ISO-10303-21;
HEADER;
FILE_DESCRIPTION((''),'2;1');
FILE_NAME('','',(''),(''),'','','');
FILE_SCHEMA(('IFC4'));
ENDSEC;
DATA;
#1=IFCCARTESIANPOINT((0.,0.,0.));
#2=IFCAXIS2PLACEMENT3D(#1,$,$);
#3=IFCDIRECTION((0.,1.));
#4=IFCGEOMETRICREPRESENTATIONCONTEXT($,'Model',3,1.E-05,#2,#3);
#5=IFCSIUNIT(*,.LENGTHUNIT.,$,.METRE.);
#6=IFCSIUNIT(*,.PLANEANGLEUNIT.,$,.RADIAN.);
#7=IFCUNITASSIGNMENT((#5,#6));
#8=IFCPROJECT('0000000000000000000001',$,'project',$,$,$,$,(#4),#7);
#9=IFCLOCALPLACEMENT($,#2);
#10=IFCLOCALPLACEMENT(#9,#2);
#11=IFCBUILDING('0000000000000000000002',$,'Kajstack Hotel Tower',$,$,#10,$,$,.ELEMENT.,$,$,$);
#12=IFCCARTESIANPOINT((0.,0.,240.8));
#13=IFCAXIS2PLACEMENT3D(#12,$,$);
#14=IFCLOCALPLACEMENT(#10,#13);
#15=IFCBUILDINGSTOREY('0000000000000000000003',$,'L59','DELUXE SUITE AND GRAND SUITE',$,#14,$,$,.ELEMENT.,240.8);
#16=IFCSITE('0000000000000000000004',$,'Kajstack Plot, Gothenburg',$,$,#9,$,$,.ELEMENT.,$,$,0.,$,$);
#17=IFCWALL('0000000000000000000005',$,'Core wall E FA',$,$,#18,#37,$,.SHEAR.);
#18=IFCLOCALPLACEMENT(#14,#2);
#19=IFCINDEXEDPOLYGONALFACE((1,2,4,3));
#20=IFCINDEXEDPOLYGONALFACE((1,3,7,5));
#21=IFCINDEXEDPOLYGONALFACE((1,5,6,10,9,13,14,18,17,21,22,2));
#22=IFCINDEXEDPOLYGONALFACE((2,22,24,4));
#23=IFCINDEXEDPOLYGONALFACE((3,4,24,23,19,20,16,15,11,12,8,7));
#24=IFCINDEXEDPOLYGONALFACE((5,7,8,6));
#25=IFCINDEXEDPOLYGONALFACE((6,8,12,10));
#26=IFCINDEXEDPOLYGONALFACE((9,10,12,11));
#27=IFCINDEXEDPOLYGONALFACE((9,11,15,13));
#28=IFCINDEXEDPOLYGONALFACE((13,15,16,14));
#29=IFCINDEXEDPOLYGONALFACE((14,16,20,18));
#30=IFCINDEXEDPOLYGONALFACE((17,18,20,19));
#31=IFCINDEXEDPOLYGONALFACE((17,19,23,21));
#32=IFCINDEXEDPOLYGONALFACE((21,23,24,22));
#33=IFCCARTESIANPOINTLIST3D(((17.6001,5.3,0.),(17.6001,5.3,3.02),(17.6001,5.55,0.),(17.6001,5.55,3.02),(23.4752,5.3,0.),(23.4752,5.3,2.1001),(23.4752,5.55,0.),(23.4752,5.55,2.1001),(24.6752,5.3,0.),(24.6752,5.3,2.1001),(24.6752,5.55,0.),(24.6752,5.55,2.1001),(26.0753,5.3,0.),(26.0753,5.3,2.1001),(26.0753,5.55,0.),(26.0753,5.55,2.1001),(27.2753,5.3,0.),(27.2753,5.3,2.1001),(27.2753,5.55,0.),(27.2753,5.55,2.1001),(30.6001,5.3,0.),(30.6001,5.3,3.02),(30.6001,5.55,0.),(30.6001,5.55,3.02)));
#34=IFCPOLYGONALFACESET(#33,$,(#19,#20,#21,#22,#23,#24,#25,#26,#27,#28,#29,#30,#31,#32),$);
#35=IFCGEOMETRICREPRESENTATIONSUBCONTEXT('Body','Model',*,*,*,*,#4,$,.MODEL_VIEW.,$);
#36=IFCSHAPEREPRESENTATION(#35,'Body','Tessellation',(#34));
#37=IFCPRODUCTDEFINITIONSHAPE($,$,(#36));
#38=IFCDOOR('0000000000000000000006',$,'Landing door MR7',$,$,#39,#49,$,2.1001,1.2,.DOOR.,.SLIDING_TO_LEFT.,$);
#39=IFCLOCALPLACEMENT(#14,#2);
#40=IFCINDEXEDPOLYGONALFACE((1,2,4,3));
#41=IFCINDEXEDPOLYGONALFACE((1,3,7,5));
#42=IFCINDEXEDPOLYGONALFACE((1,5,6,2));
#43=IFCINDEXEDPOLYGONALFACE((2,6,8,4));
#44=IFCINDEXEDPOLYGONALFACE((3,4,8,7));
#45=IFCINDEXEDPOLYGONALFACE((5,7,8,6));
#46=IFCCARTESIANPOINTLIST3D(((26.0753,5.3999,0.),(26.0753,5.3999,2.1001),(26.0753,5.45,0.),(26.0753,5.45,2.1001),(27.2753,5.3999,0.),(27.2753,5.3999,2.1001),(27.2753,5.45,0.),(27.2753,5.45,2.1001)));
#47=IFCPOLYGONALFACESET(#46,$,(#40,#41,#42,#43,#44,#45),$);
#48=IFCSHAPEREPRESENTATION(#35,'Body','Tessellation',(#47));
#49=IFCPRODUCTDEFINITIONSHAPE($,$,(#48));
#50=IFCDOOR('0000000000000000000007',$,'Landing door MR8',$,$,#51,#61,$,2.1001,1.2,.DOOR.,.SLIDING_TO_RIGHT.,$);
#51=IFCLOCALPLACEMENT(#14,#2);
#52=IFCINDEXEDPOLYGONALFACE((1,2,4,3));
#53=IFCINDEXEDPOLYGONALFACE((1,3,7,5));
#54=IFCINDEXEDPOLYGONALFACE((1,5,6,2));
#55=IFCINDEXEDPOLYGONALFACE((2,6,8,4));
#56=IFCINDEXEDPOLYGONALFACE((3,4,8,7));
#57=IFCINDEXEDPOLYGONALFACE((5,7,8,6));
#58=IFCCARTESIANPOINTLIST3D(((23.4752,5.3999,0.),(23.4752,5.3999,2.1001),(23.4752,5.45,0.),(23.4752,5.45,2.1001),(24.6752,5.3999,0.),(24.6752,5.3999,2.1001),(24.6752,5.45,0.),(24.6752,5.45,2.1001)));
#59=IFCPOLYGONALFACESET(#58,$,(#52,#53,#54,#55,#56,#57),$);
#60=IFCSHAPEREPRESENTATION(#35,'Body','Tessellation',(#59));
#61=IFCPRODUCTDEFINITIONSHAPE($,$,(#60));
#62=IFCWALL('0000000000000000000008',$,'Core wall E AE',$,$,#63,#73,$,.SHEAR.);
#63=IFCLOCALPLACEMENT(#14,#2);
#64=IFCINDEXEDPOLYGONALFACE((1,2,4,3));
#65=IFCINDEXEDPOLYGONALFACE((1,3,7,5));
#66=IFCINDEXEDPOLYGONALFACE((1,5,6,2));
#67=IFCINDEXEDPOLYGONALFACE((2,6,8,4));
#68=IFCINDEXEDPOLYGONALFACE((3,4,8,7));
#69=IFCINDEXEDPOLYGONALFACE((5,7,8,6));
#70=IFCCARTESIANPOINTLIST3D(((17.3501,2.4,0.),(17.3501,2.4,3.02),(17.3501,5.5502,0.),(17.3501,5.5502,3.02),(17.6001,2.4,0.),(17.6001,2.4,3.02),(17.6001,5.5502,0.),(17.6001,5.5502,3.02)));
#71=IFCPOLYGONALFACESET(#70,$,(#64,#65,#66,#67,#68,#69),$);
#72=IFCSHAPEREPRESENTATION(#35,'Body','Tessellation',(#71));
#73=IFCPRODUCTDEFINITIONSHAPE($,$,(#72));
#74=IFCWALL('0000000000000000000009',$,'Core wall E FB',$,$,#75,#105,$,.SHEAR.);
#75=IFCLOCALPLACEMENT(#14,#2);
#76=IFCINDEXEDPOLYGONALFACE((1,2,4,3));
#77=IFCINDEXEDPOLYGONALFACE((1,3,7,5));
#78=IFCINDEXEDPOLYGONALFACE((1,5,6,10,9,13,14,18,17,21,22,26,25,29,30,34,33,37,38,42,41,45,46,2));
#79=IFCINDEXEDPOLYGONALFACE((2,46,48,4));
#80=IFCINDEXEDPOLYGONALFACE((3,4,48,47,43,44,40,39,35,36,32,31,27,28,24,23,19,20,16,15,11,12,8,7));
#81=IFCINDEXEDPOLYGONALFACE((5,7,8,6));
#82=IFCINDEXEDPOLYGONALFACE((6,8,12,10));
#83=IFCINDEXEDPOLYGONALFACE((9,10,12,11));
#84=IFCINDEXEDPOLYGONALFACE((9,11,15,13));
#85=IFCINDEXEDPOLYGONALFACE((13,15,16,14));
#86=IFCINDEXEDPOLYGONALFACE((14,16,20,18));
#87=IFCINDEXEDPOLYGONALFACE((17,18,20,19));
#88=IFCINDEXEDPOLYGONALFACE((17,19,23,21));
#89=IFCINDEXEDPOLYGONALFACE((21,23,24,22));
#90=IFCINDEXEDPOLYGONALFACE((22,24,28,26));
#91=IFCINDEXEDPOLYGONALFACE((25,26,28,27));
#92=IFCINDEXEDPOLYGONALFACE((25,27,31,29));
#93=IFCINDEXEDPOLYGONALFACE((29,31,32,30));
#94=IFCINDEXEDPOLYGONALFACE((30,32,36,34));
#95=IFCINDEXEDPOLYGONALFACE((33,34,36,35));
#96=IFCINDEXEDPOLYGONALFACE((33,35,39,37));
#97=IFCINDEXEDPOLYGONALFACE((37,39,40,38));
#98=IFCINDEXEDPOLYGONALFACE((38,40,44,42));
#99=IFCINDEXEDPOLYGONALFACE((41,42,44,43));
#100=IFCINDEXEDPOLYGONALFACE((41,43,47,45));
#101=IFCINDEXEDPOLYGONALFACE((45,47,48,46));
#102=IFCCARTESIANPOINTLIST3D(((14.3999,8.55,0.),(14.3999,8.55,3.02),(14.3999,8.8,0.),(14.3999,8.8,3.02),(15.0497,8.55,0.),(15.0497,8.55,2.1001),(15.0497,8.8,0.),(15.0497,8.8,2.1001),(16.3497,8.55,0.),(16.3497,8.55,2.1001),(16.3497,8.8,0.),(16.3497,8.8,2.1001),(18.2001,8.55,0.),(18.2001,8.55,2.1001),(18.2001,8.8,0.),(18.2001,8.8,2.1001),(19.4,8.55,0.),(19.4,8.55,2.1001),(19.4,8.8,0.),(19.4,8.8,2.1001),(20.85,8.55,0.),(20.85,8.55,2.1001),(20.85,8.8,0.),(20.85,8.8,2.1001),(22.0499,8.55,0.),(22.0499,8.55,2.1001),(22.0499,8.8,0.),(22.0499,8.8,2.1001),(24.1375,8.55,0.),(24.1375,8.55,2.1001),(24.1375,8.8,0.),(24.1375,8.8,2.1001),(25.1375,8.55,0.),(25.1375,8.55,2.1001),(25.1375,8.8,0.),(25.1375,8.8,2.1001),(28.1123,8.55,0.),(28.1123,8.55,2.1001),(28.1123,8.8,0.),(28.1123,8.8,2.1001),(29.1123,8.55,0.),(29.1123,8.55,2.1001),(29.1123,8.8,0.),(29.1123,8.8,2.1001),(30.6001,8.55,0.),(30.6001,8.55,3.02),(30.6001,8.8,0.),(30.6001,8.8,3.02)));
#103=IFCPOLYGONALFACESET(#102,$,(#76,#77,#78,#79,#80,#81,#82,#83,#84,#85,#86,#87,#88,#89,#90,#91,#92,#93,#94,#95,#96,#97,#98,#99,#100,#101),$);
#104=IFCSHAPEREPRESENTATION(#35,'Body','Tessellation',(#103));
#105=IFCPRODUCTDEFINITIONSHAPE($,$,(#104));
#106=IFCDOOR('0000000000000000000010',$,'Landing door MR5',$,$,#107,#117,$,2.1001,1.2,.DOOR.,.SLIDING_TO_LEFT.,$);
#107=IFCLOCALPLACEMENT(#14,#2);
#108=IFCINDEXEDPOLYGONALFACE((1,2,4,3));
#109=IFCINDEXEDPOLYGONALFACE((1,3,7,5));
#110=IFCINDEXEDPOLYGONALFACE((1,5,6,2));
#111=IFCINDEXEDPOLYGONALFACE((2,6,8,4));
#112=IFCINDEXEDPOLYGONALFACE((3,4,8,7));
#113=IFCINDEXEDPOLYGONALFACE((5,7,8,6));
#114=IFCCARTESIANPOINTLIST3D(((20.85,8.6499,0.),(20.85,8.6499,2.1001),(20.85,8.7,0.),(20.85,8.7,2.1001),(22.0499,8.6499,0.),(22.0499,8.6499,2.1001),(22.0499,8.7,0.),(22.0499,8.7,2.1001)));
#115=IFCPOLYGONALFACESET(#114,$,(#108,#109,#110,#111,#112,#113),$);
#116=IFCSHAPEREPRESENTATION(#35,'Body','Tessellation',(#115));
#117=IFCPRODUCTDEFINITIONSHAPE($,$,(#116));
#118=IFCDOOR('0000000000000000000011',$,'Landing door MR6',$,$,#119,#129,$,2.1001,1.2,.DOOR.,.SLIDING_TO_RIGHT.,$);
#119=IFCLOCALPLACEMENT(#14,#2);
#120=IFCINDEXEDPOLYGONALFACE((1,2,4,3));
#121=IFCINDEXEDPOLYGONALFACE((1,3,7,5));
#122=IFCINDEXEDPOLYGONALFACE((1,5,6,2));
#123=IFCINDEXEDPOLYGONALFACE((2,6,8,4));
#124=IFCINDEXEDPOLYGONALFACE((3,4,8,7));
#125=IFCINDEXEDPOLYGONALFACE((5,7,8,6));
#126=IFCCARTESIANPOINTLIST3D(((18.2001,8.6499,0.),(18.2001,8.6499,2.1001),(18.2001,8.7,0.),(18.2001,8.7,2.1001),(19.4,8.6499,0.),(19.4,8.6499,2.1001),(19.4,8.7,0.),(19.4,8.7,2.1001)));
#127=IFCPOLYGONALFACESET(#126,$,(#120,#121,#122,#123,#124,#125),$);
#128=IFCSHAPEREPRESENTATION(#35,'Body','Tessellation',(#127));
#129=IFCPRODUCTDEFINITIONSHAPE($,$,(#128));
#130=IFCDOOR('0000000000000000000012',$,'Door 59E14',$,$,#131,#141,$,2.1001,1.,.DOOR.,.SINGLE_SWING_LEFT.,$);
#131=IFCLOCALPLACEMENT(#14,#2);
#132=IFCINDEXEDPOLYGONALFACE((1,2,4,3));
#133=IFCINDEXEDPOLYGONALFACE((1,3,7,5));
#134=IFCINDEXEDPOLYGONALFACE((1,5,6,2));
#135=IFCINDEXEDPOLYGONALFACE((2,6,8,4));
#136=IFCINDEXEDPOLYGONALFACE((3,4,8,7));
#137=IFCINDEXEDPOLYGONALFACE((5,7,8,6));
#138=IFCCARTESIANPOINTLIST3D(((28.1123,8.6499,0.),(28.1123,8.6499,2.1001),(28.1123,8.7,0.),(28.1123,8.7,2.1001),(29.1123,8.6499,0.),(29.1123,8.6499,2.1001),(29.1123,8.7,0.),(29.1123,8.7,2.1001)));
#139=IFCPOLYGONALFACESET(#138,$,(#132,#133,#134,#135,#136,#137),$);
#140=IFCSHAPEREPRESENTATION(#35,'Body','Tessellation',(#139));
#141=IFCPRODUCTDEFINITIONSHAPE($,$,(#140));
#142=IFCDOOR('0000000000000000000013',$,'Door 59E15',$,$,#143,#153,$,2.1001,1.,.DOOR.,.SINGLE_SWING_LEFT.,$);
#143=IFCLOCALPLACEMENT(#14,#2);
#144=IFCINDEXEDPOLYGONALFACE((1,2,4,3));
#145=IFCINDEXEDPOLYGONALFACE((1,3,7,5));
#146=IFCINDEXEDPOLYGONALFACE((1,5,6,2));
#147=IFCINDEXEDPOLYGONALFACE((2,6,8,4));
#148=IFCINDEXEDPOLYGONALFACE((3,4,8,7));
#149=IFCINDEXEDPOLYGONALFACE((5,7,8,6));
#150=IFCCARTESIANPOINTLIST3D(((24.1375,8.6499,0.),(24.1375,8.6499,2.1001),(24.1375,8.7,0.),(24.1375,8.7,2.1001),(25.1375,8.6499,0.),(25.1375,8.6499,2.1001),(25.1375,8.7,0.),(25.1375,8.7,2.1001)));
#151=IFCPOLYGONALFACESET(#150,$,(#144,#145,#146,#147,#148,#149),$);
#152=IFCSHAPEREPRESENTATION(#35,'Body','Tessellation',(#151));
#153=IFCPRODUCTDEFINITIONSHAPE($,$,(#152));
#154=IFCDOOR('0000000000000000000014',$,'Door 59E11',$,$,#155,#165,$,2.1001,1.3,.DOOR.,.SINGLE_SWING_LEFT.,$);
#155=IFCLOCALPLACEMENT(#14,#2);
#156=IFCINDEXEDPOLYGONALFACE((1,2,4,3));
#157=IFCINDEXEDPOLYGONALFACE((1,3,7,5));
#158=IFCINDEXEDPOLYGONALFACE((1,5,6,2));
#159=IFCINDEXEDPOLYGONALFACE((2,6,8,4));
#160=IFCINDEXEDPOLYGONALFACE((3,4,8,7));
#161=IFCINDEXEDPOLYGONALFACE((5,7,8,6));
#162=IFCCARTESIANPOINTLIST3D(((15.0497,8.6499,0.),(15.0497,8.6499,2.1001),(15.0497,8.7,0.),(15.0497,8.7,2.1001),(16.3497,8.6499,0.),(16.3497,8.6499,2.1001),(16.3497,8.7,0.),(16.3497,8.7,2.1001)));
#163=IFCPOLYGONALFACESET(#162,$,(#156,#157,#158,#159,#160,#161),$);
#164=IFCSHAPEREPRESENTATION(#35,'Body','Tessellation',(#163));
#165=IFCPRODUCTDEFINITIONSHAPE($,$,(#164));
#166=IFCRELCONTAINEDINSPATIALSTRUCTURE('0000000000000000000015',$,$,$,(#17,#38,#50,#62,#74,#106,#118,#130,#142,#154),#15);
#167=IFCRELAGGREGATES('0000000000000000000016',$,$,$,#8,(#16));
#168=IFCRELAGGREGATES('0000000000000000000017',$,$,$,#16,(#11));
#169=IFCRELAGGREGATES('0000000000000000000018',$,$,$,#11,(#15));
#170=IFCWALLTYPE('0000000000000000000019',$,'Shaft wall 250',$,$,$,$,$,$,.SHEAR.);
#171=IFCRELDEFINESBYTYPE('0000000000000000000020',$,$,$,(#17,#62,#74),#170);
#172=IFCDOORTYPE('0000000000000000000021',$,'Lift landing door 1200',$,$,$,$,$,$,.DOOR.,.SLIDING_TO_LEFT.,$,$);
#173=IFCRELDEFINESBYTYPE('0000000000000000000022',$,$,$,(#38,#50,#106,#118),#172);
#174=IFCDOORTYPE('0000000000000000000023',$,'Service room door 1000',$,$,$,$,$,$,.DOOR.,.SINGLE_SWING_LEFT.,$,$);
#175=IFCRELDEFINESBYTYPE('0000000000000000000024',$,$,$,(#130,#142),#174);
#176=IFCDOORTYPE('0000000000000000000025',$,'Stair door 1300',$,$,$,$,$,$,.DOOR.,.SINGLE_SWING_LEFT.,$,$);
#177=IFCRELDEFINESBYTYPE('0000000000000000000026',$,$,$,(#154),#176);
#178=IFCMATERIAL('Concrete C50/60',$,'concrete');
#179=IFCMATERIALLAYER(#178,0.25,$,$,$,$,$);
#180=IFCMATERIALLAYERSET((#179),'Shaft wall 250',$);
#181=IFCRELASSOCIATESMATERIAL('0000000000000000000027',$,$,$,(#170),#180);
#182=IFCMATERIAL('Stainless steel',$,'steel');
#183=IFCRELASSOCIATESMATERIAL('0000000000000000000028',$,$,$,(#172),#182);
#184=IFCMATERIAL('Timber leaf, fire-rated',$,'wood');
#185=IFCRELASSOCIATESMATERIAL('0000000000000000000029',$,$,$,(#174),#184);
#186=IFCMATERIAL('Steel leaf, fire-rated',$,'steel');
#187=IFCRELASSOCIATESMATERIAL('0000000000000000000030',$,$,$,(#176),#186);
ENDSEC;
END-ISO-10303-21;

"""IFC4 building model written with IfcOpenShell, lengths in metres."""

from ifc_helpers import new_model, si_unit, direction, frame, frame_2d, origin, place, context, subcontext, project, spatial, rectangle, extrude, material, layer, layer_set, type_object, element, fill, save


model = new_model("IFC4")

# Units and contexts
model_context = context("Model", 3, precision=1e-05, world=origin(), true_north=direction((0.0, 1.0)))
body_context = subcontext(model_context, "Body", "Model", "MODEL_VIEW")
ifc_project = project(units=[si_unit("LENGTHUNIT", "METRE"), si_unit("PLANEANGLEUNIT", "RADIAN")], contexts=[model_context])

# Site, building, storey
site_placement = place(None, origin())
site = spatial("IfcSite", under=ifc_project, at=site_placement, Name="Kajstack Plot, Gothenburg", CompositionType="ELEMENT", RefElevation=0.0)
building_placement = place(site_placement, origin())
building = spatial("IfcBuilding", under=site, at=building_placement, Name="Kajstack Hotel Tower", CompositionType="ELEMENT")
storey_placement = place(building_placement, frame((0.0, 0.0, 240.8)))
storey = spatial("IfcBuildingStorey", under=building, at=storey_placement, Name="L59", Description="DELUXE SUITE AND GRAND SUITE", CompositionType="ELEMENT", Elevation=240.8)

# Wall, openings, doors
ifc_material_1 = material(Name="Concrete C50/60", Category="concrete")
ifc_layer_1 = layer(ifc_material_1, 0.25)
ifc_layer_set_1 = layer_set([ifc_layer_1], Name="Shaft wall 250")
wall_type_1 = type_object("IfcWallType", Name="Shaft wall 250", PredefinedType="SHEAR", material=ifc_layer_set_1)
wall_1_placement = place(storey_placement, frame((17.6001, 5.425, 0.0), z_axis=(0.0, 0.0, 1.0), x_axis=(1.0, 0.0, 0.0)))
wall_1 = element("IfcWall", 1, at=wall_1_placement, inside=storey, type_object=wall_type_1, Name="Core wall E FA", PredefinedType="SHEAR", context=body_context, shape_type="SweptSolid", body=[
    extrude(rectangle(XDim=13.0, YDim=0.25, at=frame_2d((6.5, 0.0))), origin(), (0.0, 0.0, 1.0), 3.02),
])
opening_1_placement = place(wall_1_placement, frame((8.4751, 0.0, 0.0)))
opening_1 = element("IfcOpeningElement", 2, at=opening_1_placement, cuts=wall_1, PredefinedType="OPENING", context=body_context, shape_type="SweptSolid", body=[
    extrude(rectangle(XDim=1.2, YDim=2.1001, at=frame_2d((0.6001, 1.05))), frame((0.0, 0.135, 0.0), z_axis=(0.0, -1.0, 0.0), x_axis=(1.0, 0.0, 0.0)), (0.0, 0.0, 1.0), 0.27),
])
opening_2_placement = place(wall_1_placement, frame((5.875, 0.0, 0.0)))
opening_2 = element("IfcOpeningElement", 3, at=opening_2_placement, cuts=wall_1, PredefinedType="OPENING", context=body_context, shape_type="SweptSolid", body=[
    extrude(rectangle(XDim=1.2, YDim=2.1001, at=frame_2d((0.6001, 1.05))), frame((0.0, 0.135, 0.0), z_axis=(0.0, -1.0, 0.0), x_axis=(1.0, 0.0, 0.0)), (0.0, 0.0, 1.0), 0.27),
])
ifc_material_2 = material(Name="Stainless steel", Category="steel")
door_type_1 = type_object("IfcDoorType", Name="Lift landing door 1200", OperationType="SLIDING_TO_LEFT", PredefinedType="DOOR", material=ifc_material_2)
door_1_placement = place(opening_1_placement, origin())
door_1 = element("IfcDoor", 4, at=door_1_placement, inside=storey, type_object=door_type_1, Name="Landing door MR7", OperationType="SLIDING_TO_LEFT", OverallHeight=2.1001, OverallWidth=1.2, PredefinedType="DOOR", context=body_context, shape_type="SweptSolid", body=[
    extrude(rectangle(XDim=1.2, YDim=2.1001, at=frame_2d((0.6001, 1.05))), frame((0.0, 0.0249, 0.0), z_axis=(0.0, -1.0, 0.0), x_axis=(1.0, 0.0, 0.0)), (0.0, 0.0, 1.0), 0.05),
])
fill(opening_1, door_1)
door_2_placement = place(opening_2_placement, origin())
door_2 = element("IfcDoor", 5, at=door_2_placement, inside=storey, type_object=door_type_1, Name="Landing door MR8", OperationType="SLIDING_TO_RIGHT", OverallHeight=2.1001, OverallWidth=1.2, PredefinedType="DOOR", context=body_context, shape_type="SweptSolid", body=[
    extrude(rectangle(XDim=1.2, YDim=2.1001, at=frame_2d((0.6001, 1.05))), frame((0.0, 0.0249, 0.0), z_axis=(0.0, -1.0, 0.0), x_axis=(1.0, 0.0, 0.0)), (0.0, 0.0, 1.0), 0.05),
])
fill(opening_2, door_2)

# Wall
wall_2_placement = place(storey_placement, frame((17.4751, 2.3999, 0.0), z_axis=(0.0, 0.0, 1.0), x_axis=(0.0, 1.0, 0.0)))
element("IfcWall", 6, at=wall_2_placement, inside=storey, type_object=wall_type_1, Name="Core wall E AE", PredefinedType="SHEAR", context=body_context, shape_type="SweptSolid", body=[
    extrude(rectangle(XDim=3.1501, YDim=0.25, at=frame_2d((1.5752, 0.0))), origin(), (0.0, 0.0, 1.0), 3.02),
])

# Wall, openings, doors
wall_3_placement = place(storey_placement, frame((14.3999, 8.675, 0.0), z_axis=(0.0, 0.0, 1.0), x_axis=(1.0, 0.0, 0.0)))
wall_3 = element("IfcWall", 7, at=wall_3_placement, inside=storey, type_object=wall_type_1, Name="Core wall E FB", PredefinedType="SHEAR", context=body_context, shape_type="SweptSolid", body=[
    extrude(rectangle(XDim=16.2002, YDim=0.25, at=frame_2d((8.1001, 0.0))), origin(), (0.0, 0.0, 1.0), 3.02),
])
opening_3_placement = place(wall_3_placement, frame((6.45, 0.0, 0.0)))
opening_3 = element("IfcOpeningElement", 8, at=opening_3_placement, cuts=wall_3, PredefinedType="OPENING", context=body_context, shape_type="SweptSolid", body=[
    extrude(rectangle(XDim=1.2, YDim=2.1001, at=frame_2d((0.6001, 1.05))), frame((0.0, 0.135, 0.0), z_axis=(0.0, -1.0, 0.0), x_axis=(1.0, 0.0, 0.0)), (0.0, 0.0, 1.0), 0.27),
])
opening_4_placement = place(wall_3_placement, frame((3.8, 0.0, 0.0)))
opening_4 = element("IfcOpeningElement", 9, at=opening_4_placement, cuts=wall_3, PredefinedType="OPENING", context=body_context, shape_type="SweptSolid", body=[
    extrude(rectangle(XDim=1.2, YDim=2.1001, at=frame_2d((0.6001, 1.05))), frame((0.0, 0.135, 0.0), z_axis=(0.0, -1.0, 0.0), x_axis=(1.0, 0.0, 0.0)), (0.0, 0.0, 1.0), 0.27),
])
opening_5_placement = place(wall_3_placement, frame((0.6499, 0.0, 0.0)))
opening_5 = element("IfcOpeningElement", 10, at=opening_5_placement, cuts=wall_3, PredefinedType="OPENING", context=body_context, shape_type="SweptSolid", body=[
    extrude(rectangle(XDim=1.3, YDim=2.1001, at=frame_2d((0.6499, 1.05))), frame((0.0, 0.135, 0.0), z_axis=(0.0, -1.0, 0.0), x_axis=(1.0, 0.0, 0.0)), (0.0, 0.0, 1.0), 0.27),
])
opening_6_placement = place(wall_3_placement, frame((13.7124, 0.0, 0.0)))
opening_6 = element("IfcOpeningElement", 11, at=opening_6_placement, cuts=wall_3, PredefinedType="OPENING", context=body_context, shape_type="SweptSolid", body=[
    extrude(rectangle(XDim=1.0, YDim=2.1001, at=frame_2d((0.5, 1.05))), frame((0.0, 0.135, 0.0), z_axis=(0.0, -1.0, 0.0), x_axis=(1.0, 0.0, 0.0)), (0.0, 0.0, 1.0), 0.27),
])
opening_7_placement = place(wall_3_placement, frame((9.7375, 0.0, 0.0)))
opening_7 = element("IfcOpeningElement", 12, at=opening_7_placement, cuts=wall_3, PredefinedType="OPENING", context=body_context, shape_type="SweptSolid", body=[
    extrude(rectangle(XDim=1.0, YDim=2.1001, at=frame_2d((0.5, 1.05))), frame((0.0, 0.135, 0.0), z_axis=(0.0, -1.0, 0.0), x_axis=(1.0, 0.0, 0.0)), (0.0, 0.0, 1.0), 0.27),
])
door_3_placement = place(opening_3_placement, origin())
door_3 = element("IfcDoor", 13, at=door_3_placement, inside=storey, type_object=door_type_1, Name="Landing door MR5", OperationType="SLIDING_TO_LEFT", OverallHeight=2.1001, OverallWidth=1.2, PredefinedType="DOOR", context=body_context, shape_type="SweptSolid", body=[
    extrude(rectangle(XDim=1.2, YDim=2.1001, at=frame_2d((0.6001, 1.05))), frame((0.0, 0.0249, 0.0), z_axis=(0.0, -1.0, 0.0), x_axis=(1.0, 0.0, 0.0)), (0.0, 0.0, 1.0), 0.05),
])
fill(opening_3, door_3)
door_4_placement = place(opening_4_placement, origin())
door_4 = element("IfcDoor", 14, at=door_4_placement, inside=storey, type_object=door_type_1, Name="Landing door MR6", OperationType="SLIDING_TO_RIGHT", OverallHeight=2.1001, OverallWidth=1.2, PredefinedType="DOOR", context=body_context, shape_type="SweptSolid", body=[
    extrude(rectangle(XDim=1.2, YDim=2.1001, at=frame_2d((0.6001, 1.05))), frame((0.0, 0.0249, 0.0), z_axis=(0.0, -1.0, 0.0), x_axis=(1.0, 0.0, 0.0)), (0.0, 0.0, 1.0), 0.05),
])
fill(opening_4, door_4)
ifc_material_3 = material(Name="Timber leaf, fire-rated", Category="wood")
door_type_2 = type_object("IfcDoorType", Name="Service room door 1000", OperationType="SINGLE_SWING_LEFT", PredefinedType="DOOR", material=ifc_material_3)
door_5_placement = place(opening_6_placement, origin())
door_5 = element("IfcDoor", 15, at=door_5_placement, inside=storey, type_object=door_type_2, Name="Door 59E14", OperationType="SINGLE_SWING_LEFT", OverallHeight=2.1001, OverallWidth=1.0, PredefinedType="DOOR", context=body_context, shape_type="SweptSolid", body=[
    extrude(rectangle(XDim=1.0, YDim=2.1001, at=frame_2d((0.5, 1.05))), frame((0.0, 0.0249, 0.0), z_axis=(0.0, -1.0, 0.0), x_axis=(1.0, 0.0, 0.0)), (0.0, 0.0, 1.0), 0.05),
])
fill(opening_6, door_5)
door_6_placement = place(opening_7_placement, origin())
door_6 = element("IfcDoor", 16, at=door_6_placement, inside=storey, type_object=door_type_2, Name="Door 59E15", OperationType="SINGLE_SWING_LEFT", OverallHeight=2.1001, OverallWidth=1.0, PredefinedType="DOOR", context=body_context, shape_type="SweptSolid", body=[
    extrude(rectangle(XDim=1.0, YDim=2.1001, at=frame_2d((0.5, 1.05))), frame((0.0, 0.0249, 0.0), z_axis=(0.0, -1.0, 0.0), x_axis=(1.0, 0.0, 0.0)), (0.0, 0.0, 1.0), 0.05),
])
fill(opening_7, door_6)
ifc_material_4 = material(Name="Steel leaf, fire-rated", Category="steel")
door_type_3 = type_object("IfcDoorType", Name="Stair door 1300", OperationType="SINGLE_SWING_LEFT", PredefinedType="DOOR", material=ifc_material_4)
door_7_placement = place(opening_5_placement, origin())
door_7 = element("IfcDoor", 17, at=door_7_placement, inside=storey, type_object=door_type_3, Name="Door 59E11", OperationType="SINGLE_SWING_LEFT", OverallHeight=2.1001, OverallWidth=1.3, PredefinedType="DOOR", context=body_context, shape_type="SweptSolid", body=[
    extrude(rectangle(XDim=1.3, YDim=2.1001, at=frame_2d((0.6499, 1.05))), frame((0.0, 0.0249, 0.0), z_axis=(0.0, -1.0, 0.0), x_axis=(1.0, 0.0, 0.0)), (0.0, 0.0, 1.0), 0.05),
])
fill(opening_5, door_7)

save(model, "model.ifc")
